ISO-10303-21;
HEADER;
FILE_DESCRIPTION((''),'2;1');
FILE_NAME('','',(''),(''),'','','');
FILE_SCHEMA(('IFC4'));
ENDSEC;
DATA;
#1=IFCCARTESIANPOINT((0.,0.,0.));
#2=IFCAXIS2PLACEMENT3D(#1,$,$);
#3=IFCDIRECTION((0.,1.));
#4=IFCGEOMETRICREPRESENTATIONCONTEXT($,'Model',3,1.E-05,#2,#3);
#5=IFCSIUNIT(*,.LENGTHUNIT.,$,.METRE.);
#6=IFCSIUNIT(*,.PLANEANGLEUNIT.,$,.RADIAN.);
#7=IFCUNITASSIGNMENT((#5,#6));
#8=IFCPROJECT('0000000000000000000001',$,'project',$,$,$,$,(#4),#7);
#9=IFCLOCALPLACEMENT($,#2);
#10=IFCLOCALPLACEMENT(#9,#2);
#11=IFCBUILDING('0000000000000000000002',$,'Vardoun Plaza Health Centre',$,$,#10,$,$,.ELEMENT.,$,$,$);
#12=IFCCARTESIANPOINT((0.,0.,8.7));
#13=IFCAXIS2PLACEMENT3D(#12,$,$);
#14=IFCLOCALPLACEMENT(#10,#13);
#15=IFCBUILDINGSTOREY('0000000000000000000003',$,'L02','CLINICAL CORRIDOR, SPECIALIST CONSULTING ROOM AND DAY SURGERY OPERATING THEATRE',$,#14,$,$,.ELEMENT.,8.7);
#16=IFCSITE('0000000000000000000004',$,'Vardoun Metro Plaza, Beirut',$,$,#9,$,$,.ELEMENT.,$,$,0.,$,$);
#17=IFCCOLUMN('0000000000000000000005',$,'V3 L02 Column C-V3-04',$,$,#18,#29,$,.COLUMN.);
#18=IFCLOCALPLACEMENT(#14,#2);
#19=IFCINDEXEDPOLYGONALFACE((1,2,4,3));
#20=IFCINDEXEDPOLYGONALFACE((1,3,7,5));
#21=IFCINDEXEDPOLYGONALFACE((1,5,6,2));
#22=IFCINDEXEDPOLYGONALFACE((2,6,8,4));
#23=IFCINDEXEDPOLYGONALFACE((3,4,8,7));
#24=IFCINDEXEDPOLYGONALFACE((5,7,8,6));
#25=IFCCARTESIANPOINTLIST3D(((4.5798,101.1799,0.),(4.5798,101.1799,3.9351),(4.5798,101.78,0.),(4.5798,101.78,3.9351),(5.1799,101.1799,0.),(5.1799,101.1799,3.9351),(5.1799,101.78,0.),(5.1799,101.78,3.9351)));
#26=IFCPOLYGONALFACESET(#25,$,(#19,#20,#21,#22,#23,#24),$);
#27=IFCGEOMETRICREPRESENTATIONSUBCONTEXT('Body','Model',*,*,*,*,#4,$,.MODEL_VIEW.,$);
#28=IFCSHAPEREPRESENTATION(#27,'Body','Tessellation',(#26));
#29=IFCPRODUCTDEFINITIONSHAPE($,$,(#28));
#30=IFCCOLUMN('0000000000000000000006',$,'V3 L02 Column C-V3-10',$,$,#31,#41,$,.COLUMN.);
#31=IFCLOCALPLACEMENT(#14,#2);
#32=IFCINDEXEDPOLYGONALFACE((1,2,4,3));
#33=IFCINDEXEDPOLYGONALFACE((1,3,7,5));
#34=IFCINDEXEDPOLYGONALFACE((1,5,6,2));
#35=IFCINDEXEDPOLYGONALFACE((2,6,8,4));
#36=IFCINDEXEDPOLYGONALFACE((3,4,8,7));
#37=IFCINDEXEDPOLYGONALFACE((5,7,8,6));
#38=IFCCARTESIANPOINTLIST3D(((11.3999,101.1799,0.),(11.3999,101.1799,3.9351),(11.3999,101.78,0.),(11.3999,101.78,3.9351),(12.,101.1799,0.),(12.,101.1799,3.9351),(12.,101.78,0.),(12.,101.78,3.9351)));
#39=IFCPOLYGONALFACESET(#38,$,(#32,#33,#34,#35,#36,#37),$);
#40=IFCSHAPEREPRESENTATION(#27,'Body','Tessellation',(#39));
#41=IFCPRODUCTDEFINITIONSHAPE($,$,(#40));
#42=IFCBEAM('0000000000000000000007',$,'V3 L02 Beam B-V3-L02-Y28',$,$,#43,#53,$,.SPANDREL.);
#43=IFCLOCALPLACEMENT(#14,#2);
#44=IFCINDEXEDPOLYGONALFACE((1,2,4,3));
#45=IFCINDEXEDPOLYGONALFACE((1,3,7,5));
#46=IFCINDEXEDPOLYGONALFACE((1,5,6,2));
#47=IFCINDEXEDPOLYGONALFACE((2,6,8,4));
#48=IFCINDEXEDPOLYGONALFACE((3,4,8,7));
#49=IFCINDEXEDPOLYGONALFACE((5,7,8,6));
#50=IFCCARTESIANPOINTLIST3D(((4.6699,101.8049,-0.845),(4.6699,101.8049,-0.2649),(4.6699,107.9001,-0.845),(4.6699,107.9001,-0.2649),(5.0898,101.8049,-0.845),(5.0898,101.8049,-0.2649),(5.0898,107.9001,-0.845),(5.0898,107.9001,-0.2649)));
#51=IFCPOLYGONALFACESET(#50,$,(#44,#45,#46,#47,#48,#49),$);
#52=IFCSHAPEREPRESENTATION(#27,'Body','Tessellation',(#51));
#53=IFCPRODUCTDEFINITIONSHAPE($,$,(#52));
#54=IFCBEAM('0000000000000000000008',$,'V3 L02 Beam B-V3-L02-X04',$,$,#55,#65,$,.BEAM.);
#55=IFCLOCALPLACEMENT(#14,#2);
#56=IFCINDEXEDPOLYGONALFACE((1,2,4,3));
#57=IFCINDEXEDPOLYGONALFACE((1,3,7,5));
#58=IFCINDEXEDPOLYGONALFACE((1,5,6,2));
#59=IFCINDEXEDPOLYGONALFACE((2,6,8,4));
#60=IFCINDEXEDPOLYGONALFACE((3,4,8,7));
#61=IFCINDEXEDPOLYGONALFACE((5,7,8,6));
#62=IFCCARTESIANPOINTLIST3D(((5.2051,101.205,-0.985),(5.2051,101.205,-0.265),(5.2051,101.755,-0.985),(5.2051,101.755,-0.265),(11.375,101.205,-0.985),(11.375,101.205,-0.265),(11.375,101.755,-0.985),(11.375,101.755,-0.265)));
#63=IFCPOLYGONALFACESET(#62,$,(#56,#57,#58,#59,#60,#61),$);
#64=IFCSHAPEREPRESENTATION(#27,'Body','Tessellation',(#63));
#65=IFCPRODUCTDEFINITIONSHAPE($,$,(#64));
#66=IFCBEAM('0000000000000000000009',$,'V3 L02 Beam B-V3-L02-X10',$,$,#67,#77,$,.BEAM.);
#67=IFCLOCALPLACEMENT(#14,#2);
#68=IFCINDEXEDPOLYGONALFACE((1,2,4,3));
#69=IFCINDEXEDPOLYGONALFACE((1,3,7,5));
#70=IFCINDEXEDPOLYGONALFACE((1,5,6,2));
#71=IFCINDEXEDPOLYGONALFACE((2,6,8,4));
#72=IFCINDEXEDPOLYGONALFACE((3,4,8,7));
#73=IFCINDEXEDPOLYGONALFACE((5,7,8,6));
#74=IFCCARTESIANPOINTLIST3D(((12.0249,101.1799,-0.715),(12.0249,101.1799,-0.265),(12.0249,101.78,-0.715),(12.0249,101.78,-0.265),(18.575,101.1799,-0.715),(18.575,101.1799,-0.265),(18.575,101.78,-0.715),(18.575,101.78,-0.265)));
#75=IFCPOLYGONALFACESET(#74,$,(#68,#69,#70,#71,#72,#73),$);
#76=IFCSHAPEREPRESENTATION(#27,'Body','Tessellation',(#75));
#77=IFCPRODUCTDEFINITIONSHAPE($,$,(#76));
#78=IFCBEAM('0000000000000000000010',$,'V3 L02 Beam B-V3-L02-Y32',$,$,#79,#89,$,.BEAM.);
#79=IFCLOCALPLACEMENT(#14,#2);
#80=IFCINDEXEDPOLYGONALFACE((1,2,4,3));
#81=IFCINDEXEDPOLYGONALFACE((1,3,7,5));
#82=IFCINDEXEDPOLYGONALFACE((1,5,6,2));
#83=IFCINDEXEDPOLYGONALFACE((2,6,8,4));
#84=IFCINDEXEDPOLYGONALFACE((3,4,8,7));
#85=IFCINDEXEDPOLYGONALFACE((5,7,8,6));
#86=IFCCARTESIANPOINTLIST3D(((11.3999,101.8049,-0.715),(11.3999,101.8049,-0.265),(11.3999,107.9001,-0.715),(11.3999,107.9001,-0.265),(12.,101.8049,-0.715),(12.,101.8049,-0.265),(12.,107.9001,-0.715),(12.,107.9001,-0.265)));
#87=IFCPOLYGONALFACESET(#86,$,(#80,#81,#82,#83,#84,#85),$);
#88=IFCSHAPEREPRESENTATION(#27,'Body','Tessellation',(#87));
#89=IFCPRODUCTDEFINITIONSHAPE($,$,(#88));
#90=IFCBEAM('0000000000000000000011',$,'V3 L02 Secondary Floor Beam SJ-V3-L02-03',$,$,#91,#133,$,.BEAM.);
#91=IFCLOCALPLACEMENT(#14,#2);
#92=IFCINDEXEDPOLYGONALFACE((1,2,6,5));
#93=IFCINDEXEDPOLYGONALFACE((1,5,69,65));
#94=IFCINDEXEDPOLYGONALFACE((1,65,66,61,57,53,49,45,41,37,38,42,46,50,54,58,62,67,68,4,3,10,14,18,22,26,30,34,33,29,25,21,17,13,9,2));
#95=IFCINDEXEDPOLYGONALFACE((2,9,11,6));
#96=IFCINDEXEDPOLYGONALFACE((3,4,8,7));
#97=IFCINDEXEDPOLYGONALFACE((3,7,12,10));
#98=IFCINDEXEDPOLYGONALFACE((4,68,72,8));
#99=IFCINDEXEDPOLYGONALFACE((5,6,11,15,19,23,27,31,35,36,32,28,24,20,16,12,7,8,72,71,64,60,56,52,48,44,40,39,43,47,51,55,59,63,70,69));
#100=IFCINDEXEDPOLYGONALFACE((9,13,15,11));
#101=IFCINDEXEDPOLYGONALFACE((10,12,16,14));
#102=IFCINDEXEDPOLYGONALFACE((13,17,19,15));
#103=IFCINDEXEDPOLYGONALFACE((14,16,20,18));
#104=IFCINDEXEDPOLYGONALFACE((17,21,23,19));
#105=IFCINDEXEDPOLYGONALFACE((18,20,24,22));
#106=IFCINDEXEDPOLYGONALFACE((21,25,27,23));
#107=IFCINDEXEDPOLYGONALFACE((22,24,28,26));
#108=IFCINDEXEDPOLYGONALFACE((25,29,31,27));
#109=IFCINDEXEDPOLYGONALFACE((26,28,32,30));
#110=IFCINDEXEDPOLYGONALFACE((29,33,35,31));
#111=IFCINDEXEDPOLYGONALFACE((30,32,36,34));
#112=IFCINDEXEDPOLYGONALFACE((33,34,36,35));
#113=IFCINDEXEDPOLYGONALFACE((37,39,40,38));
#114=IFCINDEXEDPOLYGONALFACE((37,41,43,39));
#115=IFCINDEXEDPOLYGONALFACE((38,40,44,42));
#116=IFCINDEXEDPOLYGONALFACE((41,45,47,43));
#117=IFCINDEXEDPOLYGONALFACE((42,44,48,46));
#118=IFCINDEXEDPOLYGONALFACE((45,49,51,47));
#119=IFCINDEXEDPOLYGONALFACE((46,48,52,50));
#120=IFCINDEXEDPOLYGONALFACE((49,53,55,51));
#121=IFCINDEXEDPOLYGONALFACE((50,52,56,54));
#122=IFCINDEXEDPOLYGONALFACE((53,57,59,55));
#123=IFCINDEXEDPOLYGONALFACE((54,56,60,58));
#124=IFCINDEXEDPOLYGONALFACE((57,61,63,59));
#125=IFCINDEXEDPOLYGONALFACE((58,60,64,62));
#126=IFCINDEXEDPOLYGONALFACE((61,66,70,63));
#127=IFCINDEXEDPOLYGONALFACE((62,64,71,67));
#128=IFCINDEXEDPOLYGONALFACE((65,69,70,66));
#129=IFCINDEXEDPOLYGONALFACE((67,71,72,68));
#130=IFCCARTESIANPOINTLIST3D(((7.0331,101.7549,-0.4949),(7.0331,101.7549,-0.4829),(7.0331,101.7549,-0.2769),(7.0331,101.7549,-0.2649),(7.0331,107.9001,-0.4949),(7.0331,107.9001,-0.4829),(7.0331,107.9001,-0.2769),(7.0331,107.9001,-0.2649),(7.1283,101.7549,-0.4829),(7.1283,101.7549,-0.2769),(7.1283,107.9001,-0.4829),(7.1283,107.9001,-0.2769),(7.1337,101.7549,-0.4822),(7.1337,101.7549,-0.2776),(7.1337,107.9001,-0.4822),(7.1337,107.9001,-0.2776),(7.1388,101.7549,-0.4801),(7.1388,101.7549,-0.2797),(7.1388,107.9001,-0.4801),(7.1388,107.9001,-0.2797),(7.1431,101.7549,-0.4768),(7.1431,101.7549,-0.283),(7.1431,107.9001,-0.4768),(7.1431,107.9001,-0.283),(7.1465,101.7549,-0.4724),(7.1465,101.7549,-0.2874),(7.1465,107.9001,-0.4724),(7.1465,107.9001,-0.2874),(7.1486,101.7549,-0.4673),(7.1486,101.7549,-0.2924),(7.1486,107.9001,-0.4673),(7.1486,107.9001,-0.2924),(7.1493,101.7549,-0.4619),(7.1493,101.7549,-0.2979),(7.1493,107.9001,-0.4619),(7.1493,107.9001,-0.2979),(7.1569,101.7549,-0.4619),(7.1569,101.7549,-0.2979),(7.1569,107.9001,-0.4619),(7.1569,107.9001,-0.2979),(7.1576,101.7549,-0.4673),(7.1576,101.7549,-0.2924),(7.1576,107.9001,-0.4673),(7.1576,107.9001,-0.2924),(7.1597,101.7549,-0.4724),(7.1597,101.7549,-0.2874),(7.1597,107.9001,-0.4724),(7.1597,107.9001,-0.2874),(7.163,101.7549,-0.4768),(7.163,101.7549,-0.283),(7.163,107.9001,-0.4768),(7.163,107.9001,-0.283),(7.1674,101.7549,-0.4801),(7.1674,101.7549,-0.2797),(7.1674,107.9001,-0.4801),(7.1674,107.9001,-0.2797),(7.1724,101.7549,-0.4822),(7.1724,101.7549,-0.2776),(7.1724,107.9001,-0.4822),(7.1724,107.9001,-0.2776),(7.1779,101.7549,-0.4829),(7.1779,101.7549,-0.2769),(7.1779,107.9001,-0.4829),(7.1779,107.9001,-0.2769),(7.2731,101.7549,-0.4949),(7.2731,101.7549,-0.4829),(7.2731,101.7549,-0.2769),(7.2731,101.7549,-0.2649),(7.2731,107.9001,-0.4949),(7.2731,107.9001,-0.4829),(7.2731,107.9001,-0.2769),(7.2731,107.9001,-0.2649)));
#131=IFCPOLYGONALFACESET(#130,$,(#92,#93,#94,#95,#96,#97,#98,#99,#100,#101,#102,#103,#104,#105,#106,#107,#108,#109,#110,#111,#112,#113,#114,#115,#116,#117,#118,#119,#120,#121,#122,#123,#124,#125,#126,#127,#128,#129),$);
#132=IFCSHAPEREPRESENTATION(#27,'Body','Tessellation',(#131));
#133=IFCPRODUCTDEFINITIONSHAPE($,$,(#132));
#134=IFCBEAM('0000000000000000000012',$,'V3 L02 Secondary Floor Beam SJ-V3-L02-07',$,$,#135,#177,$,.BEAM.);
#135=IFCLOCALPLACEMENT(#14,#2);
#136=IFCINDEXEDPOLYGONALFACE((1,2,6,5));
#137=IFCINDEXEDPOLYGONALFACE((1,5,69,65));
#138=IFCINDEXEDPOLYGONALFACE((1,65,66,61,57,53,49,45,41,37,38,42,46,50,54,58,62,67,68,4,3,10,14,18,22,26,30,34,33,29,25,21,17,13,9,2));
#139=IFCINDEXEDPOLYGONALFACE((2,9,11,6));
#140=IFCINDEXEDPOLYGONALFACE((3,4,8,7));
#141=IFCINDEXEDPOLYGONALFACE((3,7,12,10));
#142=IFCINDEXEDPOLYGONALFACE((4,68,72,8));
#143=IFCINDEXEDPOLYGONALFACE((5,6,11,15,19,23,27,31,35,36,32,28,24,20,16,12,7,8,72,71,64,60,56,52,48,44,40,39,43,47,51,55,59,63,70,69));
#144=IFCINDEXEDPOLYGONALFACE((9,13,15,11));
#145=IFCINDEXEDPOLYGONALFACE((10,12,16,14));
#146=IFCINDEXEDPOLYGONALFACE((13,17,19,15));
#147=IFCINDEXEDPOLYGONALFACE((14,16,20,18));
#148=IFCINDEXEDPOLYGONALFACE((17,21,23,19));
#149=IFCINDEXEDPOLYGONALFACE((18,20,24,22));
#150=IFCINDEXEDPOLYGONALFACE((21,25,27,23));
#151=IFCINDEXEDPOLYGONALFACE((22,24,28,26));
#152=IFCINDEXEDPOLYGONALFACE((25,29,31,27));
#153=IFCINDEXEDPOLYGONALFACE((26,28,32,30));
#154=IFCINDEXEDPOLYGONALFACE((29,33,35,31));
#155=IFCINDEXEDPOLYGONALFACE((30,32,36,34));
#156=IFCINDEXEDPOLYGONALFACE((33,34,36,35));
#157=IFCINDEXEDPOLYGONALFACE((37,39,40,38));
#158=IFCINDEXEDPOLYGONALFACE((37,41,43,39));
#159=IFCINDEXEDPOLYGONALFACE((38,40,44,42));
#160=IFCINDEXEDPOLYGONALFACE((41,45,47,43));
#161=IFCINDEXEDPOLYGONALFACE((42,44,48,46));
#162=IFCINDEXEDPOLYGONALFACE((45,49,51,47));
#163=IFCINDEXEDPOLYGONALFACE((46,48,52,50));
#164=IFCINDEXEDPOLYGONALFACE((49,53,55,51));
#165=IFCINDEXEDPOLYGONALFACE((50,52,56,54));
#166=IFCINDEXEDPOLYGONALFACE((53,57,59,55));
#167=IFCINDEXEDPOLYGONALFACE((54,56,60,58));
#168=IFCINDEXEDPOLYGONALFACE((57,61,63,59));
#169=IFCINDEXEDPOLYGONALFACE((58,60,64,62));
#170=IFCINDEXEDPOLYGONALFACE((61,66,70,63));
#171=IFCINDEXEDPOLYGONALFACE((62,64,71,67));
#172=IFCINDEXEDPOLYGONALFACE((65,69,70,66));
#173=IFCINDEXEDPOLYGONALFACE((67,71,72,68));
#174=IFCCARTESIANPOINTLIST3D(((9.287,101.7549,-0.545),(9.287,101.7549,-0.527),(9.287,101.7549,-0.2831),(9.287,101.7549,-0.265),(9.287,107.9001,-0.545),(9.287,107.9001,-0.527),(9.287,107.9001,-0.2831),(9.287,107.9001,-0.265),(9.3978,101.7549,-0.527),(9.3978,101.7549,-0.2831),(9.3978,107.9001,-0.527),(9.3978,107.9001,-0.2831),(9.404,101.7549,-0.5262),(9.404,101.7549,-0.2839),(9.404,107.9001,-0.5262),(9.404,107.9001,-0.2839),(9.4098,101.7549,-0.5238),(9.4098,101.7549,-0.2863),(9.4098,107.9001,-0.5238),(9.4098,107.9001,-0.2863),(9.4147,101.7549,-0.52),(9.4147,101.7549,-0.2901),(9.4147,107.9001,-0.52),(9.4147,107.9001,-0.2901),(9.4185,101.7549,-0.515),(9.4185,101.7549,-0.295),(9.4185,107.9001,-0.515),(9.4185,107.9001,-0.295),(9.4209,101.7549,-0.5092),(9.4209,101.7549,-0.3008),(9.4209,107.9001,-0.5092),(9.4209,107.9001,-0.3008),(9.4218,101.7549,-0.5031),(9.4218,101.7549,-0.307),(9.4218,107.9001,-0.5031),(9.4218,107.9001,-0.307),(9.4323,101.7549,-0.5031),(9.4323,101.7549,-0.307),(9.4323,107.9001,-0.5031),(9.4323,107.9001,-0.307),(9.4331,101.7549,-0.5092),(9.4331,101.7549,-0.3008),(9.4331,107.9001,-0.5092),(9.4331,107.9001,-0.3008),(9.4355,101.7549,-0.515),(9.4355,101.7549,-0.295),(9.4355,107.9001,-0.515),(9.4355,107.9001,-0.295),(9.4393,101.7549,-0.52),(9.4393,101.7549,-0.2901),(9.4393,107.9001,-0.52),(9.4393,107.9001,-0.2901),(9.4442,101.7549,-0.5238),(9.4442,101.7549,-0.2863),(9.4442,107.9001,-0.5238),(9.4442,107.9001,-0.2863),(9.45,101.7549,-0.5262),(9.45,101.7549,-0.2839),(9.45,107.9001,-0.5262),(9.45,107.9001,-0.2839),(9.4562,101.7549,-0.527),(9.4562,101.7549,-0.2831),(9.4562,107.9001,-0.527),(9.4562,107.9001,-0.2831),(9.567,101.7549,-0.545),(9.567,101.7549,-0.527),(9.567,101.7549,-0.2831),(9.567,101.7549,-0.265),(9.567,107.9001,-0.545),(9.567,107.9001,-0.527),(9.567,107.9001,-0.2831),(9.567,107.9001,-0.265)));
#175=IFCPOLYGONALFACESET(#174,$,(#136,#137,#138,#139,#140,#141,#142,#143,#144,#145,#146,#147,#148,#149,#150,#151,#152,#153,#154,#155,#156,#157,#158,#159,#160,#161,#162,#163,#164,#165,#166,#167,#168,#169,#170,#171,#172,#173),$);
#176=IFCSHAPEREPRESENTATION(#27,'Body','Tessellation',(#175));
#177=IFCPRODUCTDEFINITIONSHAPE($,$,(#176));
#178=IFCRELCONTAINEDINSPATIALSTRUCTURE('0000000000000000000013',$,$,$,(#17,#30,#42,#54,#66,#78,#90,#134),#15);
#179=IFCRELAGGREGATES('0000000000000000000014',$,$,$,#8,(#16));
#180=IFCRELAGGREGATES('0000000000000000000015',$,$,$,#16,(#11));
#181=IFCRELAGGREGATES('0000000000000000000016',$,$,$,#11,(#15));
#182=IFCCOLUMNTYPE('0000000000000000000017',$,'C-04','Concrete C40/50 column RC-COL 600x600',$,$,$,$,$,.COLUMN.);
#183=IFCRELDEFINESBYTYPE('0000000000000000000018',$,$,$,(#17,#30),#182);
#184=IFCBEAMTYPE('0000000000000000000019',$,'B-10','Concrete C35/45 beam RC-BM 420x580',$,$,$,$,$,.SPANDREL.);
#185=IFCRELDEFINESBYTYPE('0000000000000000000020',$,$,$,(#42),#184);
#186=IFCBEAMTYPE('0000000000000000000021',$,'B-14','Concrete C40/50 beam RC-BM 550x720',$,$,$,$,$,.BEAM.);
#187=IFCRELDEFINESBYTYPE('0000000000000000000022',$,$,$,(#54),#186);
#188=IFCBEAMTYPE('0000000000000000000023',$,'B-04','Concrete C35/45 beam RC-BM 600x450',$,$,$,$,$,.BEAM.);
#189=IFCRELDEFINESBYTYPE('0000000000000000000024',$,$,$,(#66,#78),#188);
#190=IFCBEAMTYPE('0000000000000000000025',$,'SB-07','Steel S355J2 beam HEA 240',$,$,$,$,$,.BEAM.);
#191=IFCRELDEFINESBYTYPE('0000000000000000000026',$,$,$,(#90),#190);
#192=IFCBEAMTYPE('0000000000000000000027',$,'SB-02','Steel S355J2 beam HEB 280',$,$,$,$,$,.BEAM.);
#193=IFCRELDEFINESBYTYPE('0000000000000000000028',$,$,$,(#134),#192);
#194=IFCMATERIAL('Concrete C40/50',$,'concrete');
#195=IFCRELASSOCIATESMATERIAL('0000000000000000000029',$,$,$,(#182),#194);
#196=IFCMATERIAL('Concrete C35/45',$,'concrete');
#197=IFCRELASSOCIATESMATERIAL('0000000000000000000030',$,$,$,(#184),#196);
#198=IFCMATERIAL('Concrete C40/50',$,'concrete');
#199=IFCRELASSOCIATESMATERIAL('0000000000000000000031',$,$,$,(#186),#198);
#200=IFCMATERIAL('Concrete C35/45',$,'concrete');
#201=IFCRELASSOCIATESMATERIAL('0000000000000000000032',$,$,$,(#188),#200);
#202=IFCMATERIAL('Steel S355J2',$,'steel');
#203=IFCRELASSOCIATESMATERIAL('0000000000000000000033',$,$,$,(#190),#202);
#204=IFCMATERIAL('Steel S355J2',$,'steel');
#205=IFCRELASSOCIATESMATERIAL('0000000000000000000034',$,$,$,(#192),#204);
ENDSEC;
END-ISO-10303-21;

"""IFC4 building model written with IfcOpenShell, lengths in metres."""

from ifc_helpers import new_model, si_unit, direction, frame, origin, origin_2d, place, context, subcontext, project, spatial, rectangle, i_section, extrude, material, material_profile, profile_set, type_object, element, save


model = new_model("IFC4")

# Units and contexts
model_context = context("Model", 3, precision=1e-05, world=origin(), true_north=direction((0.0, 1.0)))
body_context = subcontext(model_context, "Body", "Model", "MODEL_VIEW")
ifc_project = project(units=[si_unit("LENGTHUNIT", "METRE"), si_unit("PLANEANGLEUNIT", "RADIAN")], contexts=[model_context])

# Site, building, storey
site_placement = place(None, origin())
site = spatial("IfcSite", under=ifc_project, at=site_placement, Name="Vardoun Metro Plaza, Beirut", CompositionType="ELEMENT", RefElevation=0.0)
building_placement = place(site_placement, origin())
building = spatial("IfcBuilding", under=site, at=building_placement, Name="Vardoun Plaza Health Centre", CompositionType="ELEMENT")
storey_placement = place(building_placement, frame((0.0, 0.0, 8.7)))
storey = spatial("IfcBuildingStorey", under=building, at=storey_placement, Name="L02", Description="CLINICAL CORRIDOR, SPECIALIST CONSULTING ROOM AND DAY SURGERY OPERATING THEATRE", CompositionType="ELEMENT", Elevation=8.7)

# Columns
ifc_material_1 = material(Name="Concrete C40/50", Category="concrete")
ifc_material_profile_1 = material_profile(ifc_material_1, rectangle(XDim=0.6001, YDim=0.6001, at=origin_2d()), Name="RC-COL 600x600")
ifc_profile_set_1 = profile_set([ifc_material_profile_1], Name="Concrete C40/50")
column_type = type_object("IfcColumnType", Name="C-04", Description="Concrete C40/50 column RC-COL 600x600", PredefinedType="COLUMN", material=ifc_profile_set_1)
for number, where, z_axis, x_axis, name in (
    (1, (4.8799, 101.48, 0.0), (0.0, 0.0, 1.0), (1.0, 0.0, 0.0), "V3 L02 Column C-V3-04"),
    (2, (11.7, 101.48, 0.0), (0.0, 0.0, 1.0), (1.0, 0.0, 0.0), "V3 L02 Column C-V3-10"),
):
    element("IfcColumn", number, at=place(storey_placement, frame(where, z_axis=z_axis, x_axis=x_axis)), inside=storey, type_object=column_type, Name=name, PredefinedType="COLUMN", context=body_context, shape_type="SweptSolid", body=[
        extrude(rectangle(XDim=0.6001, YDim=0.6001, at=origin_2d()), origin(), (0.0, 0.0, 1.0), 3.9351),
    ])

# Beams
ifc_material_2 = material(Name="Concrete C35/45", Category="concrete")
ifc_material_profile_2 = material_profile(ifc_material_2, rectangle(XDim=0.4199, YDim=0.5801, at=origin_2d()), Name="RC-BM 420x580")
ifc_profile_set_2 = profile_set([ifc_material_profile_2], Name="Concrete C35/45")
beam_type_1 = type_object("IfcBeamType", Name="B-10", Description="Concrete C35/45 beam RC-BM 420x580", PredefinedType="SPANDREL", material=ifc_profile_set_2)
beam_1_placement = place(storey_placement, frame((4.8799, 101.8049, -0.5549), z_axis=(0.0, 1.0, 0.0), x_axis=(-1.0, 0.0, 0.0)))
element("IfcBeam", 3, at=beam_1_placement, inside=storey, type_object=beam_type_1, Name="V3 L02 Beam B-V3-L02-Y28", PredefinedType="SPANDREL", context=body_context, shape_type="SweptSolid", body=[
    extrude(rectangle(XDim=0.4199, YDim=0.5801, at=origin_2d()), origin(), (0.0, 0.0, 1.0), 6.0952),
])
ifc_material_3 = material(Name="Concrete C40/50", Category="concrete")
ifc_material_profile_3 = material_profile(ifc_material_3, rectangle(XDim=0.55, YDim=0.72, at=origin_2d()), Name="RC-BM 550x720")
ifc_profile_set_3 = profile_set([ifc_material_profile_3], Name="Concrete C40/50")
beam_type_2 = type_object("IfcBeamType", Name="B-14", Description="Concrete C40/50 beam RC-BM 550x720", PredefinedType="BEAM", material=ifc_profile_set_3)
beam_2_placement = place(storey_placement, frame((5.2051, 101.48, -0.625), z_axis=(1.0, 0.0, 0.0), x_axis=(0.0, 1.0, 0.0)))
element("IfcBeam", 4, at=beam_2_placement, inside=storey, type_object=beam_type_2, Name="V3 L02 Beam B-V3-L02-X04", PredefinedType="BEAM", context=body_context, shape_type="SweptSolid", body=[
    extrude(rectangle(XDim=0.55, YDim=0.72, at=origin_2d()), origin(), (0.0, 0.0, 1.0), 6.1699),
])
ifc_material_4 = material(Name="Concrete C35/45", Category="concrete")
ifc_material_profile_4 = material_profile(ifc_material_4, rectangle(XDim=0.6001, YDim=0.45, at=origin_2d()), Name="RC-BM 600x450")
ifc_profile_set_4 = profile_set([ifc_material_profile_4], Name="Concrete C35/45")
beam_type_3 = type_object("IfcBeamType", Name="B-04", Description="Concrete C35/45 beam RC-BM 600x450", PredefinedType="BEAM", material=ifc_profile_set_4)
beam_3_placement = place(storey_placement, frame((12.0249, 101.48, -0.49), z_axis=(1.0, 0.0, 0.0), x_axis=(0.0, 1.0, 0.0)))
element("IfcBeam", 5, at=beam_3_placement, inside=storey, type_object=beam_type_3, Name="V3 L02 Beam B-V3-L02-X10", PredefinedType="BEAM", context=body_context, shape_type="SweptSolid", body=[
    extrude(rectangle(XDim=0.6001, YDim=0.45, at=origin_2d()), origin(), (0.0, 0.0, 1.0), 6.55),
])
beam_4_placement = place(storey_placement, frame((11.7, 101.8049, -0.49), z_axis=(0.0, 1.0, 0.0), x_axis=(-1.0, 0.0, 0.0)))
element("IfcBeam", 6, at=beam_4_placement, inside=storey, type_object=beam_type_3, Name="V3 L02 Beam B-V3-L02-Y32", PredefinedType="BEAM", context=body_context, shape_type="SweptSolid", body=[
    extrude(rectangle(XDim=0.6001, YDim=0.45, at=origin_2d()), origin(), (0.0, 0.0, 1.0), 6.0952),
])
ifc_material_5 = material(Name="Steel S355J2", Category="steel")
ifc_material_profile_5 = material_profile(ifc_material_5, i_section(OverallWidth=0.24, OverallDepth=0.23, WebThickness=0.0076, FlangeThickness=0.012, FilletRadius=0.021, at=origin_2d()), Name="HEA 240")
ifc_profile_set_5 = profile_set([ifc_material_profile_5], Name="Steel S355J2")
beam_type_4 = type_object("IfcBeamType", Name="SB-07", Description="Steel S355J2 beam HEA 240", PredefinedType="BEAM", material=ifc_profile_set_5)
beam_5_placement = place(storey_placement, frame((7.1531, 101.7549, -0.3799), z_axis=(0.0, 1.0, 0.0), x_axis=(-1.0, 0.0, 0.0)))
element("IfcBeam", 7, at=beam_5_placement, inside=storey, type_object=beam_type_4, Name="V3 L02 Secondary Floor Beam SJ-V3-L02-03", PredefinedType="BEAM", context=body_context, shape_type="SweptSolid", body=[
    extrude(i_section(OverallWidth=0.24, OverallDepth=0.23, WebThickness=0.0076, FlangeThickness=0.012, FilletRadius=0.021, at=origin_2d()), origin(), (0.0, 0.0, 1.0), 6.1453),
])
ifc_material_6 = material(Name="Steel S355J2", Category="steel")
ifc_material_profile_6 = material_profile(ifc_material_6, i_section(OverallWidth=0.28, OverallDepth=0.28, WebThickness=0.0105, FlangeThickness=0.0181, FilletRadius=0.0239, at=origin_2d()), Name="HEB 280")
ifc_profile_set_6 = profile_set([ifc_material_profile_6], Name="Steel S355J2")
beam_type_5 = type_object("IfcBeamType", Name="SB-02", Description="Steel S355J2 beam HEB 280", PredefinedType="BEAM", material=ifc_profile_set_6)
beam_6_placement = place(storey_placement, frame((9.427, 101.7549, -0.405), z_axis=(0.0, 1.0, 0.0), x_axis=(-1.0, 0.0, 0.0)))
element("IfcBeam", 8, at=beam_6_placement, inside=storey, type_object=beam_type_5, Name="V3 L02 Secondary Floor Beam SJ-V3-L02-07", PredefinedType="BEAM", context=body_context, shape_type="SweptSolid", body=[
    extrude(i_section(OverallWidth=0.28, OverallDepth=0.28, WebThickness=0.0105, FlangeThickness=0.0181, FilletRadius=0.0239, at=origin_2d()), origin(), (0.0, 0.0, 1.0), 6.1453),
])

save(model, "model.ifc")
